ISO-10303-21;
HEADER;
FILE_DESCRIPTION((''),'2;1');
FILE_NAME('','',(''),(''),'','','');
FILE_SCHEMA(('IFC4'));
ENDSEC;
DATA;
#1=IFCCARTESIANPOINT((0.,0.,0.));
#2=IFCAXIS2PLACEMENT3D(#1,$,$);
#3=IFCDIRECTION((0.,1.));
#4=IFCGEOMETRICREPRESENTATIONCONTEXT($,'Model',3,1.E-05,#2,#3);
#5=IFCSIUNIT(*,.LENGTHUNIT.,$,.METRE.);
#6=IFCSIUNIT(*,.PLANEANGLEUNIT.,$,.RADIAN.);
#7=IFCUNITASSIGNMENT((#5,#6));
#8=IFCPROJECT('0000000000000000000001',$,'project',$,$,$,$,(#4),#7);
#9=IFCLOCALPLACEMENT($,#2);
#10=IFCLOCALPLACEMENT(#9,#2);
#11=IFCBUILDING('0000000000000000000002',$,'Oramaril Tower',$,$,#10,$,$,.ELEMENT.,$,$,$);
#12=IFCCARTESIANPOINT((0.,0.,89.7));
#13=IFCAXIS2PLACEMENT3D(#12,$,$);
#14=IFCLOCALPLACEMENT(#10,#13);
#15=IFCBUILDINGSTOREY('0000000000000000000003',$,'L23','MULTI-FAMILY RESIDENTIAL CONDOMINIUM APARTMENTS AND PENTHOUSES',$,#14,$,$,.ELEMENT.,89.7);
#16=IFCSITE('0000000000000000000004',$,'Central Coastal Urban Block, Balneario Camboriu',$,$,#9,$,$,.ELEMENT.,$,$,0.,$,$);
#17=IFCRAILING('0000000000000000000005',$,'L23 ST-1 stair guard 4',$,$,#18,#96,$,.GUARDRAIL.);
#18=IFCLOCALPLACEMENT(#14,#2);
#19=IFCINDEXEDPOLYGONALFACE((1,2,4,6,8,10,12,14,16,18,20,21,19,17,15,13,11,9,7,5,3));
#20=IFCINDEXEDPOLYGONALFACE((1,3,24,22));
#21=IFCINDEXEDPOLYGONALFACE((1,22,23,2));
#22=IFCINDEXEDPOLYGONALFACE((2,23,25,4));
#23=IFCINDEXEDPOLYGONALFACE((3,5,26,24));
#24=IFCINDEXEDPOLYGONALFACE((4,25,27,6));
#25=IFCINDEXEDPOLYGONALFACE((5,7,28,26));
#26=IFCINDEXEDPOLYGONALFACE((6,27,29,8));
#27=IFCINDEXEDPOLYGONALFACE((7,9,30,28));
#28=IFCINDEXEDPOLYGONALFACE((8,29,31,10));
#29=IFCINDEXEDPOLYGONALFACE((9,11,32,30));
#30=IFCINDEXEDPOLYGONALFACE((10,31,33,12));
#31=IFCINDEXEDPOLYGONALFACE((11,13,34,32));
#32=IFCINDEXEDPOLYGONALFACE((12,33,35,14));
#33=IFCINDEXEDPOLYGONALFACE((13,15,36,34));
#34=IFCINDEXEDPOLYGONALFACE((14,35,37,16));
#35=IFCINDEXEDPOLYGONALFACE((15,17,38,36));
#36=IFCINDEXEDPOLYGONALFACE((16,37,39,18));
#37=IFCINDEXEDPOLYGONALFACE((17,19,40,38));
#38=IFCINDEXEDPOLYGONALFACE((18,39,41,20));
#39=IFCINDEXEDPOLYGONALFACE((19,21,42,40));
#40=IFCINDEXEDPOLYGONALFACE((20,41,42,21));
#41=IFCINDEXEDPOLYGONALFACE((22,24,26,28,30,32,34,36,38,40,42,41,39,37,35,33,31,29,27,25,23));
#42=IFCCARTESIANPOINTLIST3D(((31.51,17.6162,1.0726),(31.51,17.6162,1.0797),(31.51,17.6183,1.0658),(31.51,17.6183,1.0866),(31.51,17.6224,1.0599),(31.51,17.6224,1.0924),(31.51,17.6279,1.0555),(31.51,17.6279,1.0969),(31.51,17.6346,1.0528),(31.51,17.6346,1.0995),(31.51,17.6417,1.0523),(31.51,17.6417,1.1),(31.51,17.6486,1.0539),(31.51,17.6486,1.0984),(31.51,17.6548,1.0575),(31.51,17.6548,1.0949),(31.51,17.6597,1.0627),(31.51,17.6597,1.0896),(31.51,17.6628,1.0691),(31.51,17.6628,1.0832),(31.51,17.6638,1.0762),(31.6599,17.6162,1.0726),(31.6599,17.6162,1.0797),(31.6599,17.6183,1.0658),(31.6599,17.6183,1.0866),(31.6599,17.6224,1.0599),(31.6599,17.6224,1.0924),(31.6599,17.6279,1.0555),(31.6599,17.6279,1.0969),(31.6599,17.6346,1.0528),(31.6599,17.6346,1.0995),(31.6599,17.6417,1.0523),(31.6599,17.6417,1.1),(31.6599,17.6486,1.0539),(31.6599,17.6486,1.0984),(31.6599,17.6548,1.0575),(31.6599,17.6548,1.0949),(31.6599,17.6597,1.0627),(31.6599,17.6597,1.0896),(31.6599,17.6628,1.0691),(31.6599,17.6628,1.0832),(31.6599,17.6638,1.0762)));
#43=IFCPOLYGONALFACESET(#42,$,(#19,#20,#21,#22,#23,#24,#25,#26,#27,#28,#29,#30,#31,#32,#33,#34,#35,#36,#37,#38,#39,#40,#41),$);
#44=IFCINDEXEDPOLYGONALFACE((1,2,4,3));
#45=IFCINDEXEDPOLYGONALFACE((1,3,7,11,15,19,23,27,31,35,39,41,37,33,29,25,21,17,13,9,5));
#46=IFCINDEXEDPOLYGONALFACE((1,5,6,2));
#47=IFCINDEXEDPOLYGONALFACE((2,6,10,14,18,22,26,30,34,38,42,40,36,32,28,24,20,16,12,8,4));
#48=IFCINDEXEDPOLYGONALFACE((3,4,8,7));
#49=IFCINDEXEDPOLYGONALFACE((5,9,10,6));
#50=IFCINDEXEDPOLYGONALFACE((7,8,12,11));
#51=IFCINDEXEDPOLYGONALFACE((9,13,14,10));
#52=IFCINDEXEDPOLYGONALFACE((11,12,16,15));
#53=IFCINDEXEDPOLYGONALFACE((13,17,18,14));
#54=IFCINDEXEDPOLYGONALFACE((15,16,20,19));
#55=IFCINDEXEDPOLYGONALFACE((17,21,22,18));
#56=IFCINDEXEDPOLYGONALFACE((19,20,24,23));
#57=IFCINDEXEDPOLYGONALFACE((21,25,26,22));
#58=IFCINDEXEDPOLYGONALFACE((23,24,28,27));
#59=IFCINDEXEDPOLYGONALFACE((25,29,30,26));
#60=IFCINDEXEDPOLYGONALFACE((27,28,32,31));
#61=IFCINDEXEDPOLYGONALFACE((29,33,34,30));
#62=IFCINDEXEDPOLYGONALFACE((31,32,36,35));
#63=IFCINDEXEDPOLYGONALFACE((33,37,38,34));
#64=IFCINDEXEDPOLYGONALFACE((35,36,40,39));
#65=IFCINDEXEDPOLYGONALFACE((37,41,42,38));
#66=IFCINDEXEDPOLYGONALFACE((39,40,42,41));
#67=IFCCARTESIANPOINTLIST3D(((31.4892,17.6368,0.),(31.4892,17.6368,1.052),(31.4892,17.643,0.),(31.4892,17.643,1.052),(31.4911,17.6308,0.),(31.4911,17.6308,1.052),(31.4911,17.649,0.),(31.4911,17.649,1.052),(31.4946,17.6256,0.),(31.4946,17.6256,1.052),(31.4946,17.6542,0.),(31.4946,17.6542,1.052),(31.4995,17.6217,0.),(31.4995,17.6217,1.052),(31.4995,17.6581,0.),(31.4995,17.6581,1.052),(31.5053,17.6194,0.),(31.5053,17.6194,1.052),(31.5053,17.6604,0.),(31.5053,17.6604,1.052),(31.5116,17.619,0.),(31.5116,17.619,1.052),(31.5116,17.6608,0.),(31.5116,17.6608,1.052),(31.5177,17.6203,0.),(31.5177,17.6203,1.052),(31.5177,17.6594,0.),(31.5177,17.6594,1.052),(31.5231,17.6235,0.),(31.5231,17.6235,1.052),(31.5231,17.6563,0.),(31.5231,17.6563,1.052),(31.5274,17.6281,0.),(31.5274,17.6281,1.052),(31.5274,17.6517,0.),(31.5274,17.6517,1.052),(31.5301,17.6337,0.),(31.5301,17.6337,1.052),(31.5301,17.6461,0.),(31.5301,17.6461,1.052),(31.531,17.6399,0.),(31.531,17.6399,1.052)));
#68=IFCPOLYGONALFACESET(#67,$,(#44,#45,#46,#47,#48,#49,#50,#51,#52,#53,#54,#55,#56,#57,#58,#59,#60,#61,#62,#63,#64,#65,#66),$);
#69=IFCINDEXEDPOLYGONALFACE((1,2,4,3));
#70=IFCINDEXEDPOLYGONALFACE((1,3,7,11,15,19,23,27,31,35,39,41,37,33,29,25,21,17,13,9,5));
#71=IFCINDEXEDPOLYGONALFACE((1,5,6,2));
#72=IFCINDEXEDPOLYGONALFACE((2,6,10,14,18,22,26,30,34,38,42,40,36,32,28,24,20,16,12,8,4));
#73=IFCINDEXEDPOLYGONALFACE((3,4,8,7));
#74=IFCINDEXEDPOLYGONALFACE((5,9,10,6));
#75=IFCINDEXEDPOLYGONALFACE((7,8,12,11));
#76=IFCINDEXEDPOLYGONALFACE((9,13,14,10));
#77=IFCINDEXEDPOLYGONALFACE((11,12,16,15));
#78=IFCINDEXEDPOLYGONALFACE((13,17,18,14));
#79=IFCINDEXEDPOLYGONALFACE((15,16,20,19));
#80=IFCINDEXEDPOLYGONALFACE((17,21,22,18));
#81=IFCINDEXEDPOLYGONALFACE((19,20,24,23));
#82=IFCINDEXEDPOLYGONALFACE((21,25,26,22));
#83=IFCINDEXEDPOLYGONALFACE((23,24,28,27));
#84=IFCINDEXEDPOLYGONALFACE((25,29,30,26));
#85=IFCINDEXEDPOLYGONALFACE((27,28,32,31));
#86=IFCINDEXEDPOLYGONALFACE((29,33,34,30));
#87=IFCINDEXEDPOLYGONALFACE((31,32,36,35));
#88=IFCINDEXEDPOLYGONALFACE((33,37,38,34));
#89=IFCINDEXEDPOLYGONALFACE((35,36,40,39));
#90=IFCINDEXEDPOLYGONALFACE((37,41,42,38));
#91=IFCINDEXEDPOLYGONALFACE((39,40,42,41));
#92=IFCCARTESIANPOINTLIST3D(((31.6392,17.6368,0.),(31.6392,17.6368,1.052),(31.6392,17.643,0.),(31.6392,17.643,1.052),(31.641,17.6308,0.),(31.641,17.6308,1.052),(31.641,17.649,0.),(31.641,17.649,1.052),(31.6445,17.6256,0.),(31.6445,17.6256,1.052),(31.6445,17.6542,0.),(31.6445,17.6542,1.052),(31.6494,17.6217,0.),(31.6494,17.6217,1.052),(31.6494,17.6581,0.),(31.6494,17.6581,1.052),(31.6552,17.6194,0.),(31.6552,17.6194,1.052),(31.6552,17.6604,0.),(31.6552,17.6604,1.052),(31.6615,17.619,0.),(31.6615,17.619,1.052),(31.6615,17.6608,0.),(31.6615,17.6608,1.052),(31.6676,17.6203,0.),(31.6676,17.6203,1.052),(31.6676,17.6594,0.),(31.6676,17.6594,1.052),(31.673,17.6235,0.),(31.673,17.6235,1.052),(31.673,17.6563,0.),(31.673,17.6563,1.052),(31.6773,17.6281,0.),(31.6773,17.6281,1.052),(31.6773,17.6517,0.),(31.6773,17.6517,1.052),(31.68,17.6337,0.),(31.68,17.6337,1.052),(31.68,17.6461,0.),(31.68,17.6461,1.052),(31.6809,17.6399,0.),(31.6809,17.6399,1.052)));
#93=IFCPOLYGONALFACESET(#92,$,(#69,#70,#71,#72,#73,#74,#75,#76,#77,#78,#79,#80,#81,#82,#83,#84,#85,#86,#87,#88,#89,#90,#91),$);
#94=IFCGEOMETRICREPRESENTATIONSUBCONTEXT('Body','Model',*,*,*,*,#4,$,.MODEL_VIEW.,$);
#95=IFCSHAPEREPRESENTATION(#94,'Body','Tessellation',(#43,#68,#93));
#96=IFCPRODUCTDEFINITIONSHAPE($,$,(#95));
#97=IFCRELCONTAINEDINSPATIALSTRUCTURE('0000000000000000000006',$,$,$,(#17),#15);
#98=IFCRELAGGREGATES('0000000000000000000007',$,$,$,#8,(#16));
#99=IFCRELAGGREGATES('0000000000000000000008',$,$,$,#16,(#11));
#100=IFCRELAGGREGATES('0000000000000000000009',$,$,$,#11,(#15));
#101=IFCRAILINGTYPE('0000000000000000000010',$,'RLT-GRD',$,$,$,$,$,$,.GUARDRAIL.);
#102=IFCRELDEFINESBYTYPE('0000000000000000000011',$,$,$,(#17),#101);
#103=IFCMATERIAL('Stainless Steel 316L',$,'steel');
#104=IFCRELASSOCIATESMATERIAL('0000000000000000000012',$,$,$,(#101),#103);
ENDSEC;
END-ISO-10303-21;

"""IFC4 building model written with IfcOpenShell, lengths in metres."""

from ifc_helpers import new_model, si_unit, direction, frame, origin, origin_2d, place, context, subcontext, project, spatial, circle, extrude, material, type_object, element, save


model = new_model("IFC4")

# Units and contexts
model_context = context("Model", 3, precision=1e-05, world=origin(), true_north=direction((0.0, 1.0)))
body_context = subcontext(model_context, "Body", "Model", "MODEL_VIEW")
ifc_project = project(units=[si_unit("LENGTHUNIT", "METRE"), si_unit("PLANEANGLEUNIT", "RADIAN")], contexts=[model_context])

# Site, building, storey
site_placement = place(None, origin())
site = spatial("IfcSite", under=ifc_project, at=site_placement, Name="Central Coastal Urban Block, Balneario Camboriu", CompositionType="ELEMENT", RefElevation=0.0)
building_placement = place(site_placement, origin())
building = spatial("IfcBuilding", under=site, at=building_placement, Name="Oramaril Tower", CompositionType="ELEMENT")
storey_placement = place(building_placement, frame((0.0, 0.0, 89.7)))
storey = spatial("IfcBuildingStorey", under=building, at=storey_placement, Name="L23", Description="MULTI-FAMILY RESIDENTIAL CONDOMINIUM APARTMENTS AND PENTHOUSES", CompositionType="ELEMENT", Elevation=89.7)

# Railing
ifc_material_1 = material(Name="Stainless Steel 316L", Category="steel")
railing_type_1 = type_object("IfcRailingType", Name="RLT-GRD", PredefinedType="GUARDRAIL", material=ifc_material_1)
railing_1_placement = place(storey_placement, frame((31.51, 17.6399, 0.0)))
element("IfcRailing", 1, at=railing_1_placement, inside=storey, type_object=railing_type_1, Name="L23 ST-1 stair guard 4", PredefinedType="GUARDRAIL", context=body_context, shape_type="SweptSolid", body=[
    extrude(circle(Radius=0.0239, at=origin_2d()), frame((0.0, 0.0, 1.0762), z_axis=(1.0, 0.0, 0.0), x_axis=(0.0, 1.0, 0.0)), (0.0, 0.0, 1.0), 0.1499),
    extrude(circle(Radius=0.021, at=origin_2d()), origin(), (0.0, 0.0, 1.0), 1.052),
    extrude(circle(Radius=0.021, at=origin_2d()), frame((0.1499, 0.0, 0.0)), (0.0, 0.0, 1.0), 1.052),
])

save(model, "model.ifc")
